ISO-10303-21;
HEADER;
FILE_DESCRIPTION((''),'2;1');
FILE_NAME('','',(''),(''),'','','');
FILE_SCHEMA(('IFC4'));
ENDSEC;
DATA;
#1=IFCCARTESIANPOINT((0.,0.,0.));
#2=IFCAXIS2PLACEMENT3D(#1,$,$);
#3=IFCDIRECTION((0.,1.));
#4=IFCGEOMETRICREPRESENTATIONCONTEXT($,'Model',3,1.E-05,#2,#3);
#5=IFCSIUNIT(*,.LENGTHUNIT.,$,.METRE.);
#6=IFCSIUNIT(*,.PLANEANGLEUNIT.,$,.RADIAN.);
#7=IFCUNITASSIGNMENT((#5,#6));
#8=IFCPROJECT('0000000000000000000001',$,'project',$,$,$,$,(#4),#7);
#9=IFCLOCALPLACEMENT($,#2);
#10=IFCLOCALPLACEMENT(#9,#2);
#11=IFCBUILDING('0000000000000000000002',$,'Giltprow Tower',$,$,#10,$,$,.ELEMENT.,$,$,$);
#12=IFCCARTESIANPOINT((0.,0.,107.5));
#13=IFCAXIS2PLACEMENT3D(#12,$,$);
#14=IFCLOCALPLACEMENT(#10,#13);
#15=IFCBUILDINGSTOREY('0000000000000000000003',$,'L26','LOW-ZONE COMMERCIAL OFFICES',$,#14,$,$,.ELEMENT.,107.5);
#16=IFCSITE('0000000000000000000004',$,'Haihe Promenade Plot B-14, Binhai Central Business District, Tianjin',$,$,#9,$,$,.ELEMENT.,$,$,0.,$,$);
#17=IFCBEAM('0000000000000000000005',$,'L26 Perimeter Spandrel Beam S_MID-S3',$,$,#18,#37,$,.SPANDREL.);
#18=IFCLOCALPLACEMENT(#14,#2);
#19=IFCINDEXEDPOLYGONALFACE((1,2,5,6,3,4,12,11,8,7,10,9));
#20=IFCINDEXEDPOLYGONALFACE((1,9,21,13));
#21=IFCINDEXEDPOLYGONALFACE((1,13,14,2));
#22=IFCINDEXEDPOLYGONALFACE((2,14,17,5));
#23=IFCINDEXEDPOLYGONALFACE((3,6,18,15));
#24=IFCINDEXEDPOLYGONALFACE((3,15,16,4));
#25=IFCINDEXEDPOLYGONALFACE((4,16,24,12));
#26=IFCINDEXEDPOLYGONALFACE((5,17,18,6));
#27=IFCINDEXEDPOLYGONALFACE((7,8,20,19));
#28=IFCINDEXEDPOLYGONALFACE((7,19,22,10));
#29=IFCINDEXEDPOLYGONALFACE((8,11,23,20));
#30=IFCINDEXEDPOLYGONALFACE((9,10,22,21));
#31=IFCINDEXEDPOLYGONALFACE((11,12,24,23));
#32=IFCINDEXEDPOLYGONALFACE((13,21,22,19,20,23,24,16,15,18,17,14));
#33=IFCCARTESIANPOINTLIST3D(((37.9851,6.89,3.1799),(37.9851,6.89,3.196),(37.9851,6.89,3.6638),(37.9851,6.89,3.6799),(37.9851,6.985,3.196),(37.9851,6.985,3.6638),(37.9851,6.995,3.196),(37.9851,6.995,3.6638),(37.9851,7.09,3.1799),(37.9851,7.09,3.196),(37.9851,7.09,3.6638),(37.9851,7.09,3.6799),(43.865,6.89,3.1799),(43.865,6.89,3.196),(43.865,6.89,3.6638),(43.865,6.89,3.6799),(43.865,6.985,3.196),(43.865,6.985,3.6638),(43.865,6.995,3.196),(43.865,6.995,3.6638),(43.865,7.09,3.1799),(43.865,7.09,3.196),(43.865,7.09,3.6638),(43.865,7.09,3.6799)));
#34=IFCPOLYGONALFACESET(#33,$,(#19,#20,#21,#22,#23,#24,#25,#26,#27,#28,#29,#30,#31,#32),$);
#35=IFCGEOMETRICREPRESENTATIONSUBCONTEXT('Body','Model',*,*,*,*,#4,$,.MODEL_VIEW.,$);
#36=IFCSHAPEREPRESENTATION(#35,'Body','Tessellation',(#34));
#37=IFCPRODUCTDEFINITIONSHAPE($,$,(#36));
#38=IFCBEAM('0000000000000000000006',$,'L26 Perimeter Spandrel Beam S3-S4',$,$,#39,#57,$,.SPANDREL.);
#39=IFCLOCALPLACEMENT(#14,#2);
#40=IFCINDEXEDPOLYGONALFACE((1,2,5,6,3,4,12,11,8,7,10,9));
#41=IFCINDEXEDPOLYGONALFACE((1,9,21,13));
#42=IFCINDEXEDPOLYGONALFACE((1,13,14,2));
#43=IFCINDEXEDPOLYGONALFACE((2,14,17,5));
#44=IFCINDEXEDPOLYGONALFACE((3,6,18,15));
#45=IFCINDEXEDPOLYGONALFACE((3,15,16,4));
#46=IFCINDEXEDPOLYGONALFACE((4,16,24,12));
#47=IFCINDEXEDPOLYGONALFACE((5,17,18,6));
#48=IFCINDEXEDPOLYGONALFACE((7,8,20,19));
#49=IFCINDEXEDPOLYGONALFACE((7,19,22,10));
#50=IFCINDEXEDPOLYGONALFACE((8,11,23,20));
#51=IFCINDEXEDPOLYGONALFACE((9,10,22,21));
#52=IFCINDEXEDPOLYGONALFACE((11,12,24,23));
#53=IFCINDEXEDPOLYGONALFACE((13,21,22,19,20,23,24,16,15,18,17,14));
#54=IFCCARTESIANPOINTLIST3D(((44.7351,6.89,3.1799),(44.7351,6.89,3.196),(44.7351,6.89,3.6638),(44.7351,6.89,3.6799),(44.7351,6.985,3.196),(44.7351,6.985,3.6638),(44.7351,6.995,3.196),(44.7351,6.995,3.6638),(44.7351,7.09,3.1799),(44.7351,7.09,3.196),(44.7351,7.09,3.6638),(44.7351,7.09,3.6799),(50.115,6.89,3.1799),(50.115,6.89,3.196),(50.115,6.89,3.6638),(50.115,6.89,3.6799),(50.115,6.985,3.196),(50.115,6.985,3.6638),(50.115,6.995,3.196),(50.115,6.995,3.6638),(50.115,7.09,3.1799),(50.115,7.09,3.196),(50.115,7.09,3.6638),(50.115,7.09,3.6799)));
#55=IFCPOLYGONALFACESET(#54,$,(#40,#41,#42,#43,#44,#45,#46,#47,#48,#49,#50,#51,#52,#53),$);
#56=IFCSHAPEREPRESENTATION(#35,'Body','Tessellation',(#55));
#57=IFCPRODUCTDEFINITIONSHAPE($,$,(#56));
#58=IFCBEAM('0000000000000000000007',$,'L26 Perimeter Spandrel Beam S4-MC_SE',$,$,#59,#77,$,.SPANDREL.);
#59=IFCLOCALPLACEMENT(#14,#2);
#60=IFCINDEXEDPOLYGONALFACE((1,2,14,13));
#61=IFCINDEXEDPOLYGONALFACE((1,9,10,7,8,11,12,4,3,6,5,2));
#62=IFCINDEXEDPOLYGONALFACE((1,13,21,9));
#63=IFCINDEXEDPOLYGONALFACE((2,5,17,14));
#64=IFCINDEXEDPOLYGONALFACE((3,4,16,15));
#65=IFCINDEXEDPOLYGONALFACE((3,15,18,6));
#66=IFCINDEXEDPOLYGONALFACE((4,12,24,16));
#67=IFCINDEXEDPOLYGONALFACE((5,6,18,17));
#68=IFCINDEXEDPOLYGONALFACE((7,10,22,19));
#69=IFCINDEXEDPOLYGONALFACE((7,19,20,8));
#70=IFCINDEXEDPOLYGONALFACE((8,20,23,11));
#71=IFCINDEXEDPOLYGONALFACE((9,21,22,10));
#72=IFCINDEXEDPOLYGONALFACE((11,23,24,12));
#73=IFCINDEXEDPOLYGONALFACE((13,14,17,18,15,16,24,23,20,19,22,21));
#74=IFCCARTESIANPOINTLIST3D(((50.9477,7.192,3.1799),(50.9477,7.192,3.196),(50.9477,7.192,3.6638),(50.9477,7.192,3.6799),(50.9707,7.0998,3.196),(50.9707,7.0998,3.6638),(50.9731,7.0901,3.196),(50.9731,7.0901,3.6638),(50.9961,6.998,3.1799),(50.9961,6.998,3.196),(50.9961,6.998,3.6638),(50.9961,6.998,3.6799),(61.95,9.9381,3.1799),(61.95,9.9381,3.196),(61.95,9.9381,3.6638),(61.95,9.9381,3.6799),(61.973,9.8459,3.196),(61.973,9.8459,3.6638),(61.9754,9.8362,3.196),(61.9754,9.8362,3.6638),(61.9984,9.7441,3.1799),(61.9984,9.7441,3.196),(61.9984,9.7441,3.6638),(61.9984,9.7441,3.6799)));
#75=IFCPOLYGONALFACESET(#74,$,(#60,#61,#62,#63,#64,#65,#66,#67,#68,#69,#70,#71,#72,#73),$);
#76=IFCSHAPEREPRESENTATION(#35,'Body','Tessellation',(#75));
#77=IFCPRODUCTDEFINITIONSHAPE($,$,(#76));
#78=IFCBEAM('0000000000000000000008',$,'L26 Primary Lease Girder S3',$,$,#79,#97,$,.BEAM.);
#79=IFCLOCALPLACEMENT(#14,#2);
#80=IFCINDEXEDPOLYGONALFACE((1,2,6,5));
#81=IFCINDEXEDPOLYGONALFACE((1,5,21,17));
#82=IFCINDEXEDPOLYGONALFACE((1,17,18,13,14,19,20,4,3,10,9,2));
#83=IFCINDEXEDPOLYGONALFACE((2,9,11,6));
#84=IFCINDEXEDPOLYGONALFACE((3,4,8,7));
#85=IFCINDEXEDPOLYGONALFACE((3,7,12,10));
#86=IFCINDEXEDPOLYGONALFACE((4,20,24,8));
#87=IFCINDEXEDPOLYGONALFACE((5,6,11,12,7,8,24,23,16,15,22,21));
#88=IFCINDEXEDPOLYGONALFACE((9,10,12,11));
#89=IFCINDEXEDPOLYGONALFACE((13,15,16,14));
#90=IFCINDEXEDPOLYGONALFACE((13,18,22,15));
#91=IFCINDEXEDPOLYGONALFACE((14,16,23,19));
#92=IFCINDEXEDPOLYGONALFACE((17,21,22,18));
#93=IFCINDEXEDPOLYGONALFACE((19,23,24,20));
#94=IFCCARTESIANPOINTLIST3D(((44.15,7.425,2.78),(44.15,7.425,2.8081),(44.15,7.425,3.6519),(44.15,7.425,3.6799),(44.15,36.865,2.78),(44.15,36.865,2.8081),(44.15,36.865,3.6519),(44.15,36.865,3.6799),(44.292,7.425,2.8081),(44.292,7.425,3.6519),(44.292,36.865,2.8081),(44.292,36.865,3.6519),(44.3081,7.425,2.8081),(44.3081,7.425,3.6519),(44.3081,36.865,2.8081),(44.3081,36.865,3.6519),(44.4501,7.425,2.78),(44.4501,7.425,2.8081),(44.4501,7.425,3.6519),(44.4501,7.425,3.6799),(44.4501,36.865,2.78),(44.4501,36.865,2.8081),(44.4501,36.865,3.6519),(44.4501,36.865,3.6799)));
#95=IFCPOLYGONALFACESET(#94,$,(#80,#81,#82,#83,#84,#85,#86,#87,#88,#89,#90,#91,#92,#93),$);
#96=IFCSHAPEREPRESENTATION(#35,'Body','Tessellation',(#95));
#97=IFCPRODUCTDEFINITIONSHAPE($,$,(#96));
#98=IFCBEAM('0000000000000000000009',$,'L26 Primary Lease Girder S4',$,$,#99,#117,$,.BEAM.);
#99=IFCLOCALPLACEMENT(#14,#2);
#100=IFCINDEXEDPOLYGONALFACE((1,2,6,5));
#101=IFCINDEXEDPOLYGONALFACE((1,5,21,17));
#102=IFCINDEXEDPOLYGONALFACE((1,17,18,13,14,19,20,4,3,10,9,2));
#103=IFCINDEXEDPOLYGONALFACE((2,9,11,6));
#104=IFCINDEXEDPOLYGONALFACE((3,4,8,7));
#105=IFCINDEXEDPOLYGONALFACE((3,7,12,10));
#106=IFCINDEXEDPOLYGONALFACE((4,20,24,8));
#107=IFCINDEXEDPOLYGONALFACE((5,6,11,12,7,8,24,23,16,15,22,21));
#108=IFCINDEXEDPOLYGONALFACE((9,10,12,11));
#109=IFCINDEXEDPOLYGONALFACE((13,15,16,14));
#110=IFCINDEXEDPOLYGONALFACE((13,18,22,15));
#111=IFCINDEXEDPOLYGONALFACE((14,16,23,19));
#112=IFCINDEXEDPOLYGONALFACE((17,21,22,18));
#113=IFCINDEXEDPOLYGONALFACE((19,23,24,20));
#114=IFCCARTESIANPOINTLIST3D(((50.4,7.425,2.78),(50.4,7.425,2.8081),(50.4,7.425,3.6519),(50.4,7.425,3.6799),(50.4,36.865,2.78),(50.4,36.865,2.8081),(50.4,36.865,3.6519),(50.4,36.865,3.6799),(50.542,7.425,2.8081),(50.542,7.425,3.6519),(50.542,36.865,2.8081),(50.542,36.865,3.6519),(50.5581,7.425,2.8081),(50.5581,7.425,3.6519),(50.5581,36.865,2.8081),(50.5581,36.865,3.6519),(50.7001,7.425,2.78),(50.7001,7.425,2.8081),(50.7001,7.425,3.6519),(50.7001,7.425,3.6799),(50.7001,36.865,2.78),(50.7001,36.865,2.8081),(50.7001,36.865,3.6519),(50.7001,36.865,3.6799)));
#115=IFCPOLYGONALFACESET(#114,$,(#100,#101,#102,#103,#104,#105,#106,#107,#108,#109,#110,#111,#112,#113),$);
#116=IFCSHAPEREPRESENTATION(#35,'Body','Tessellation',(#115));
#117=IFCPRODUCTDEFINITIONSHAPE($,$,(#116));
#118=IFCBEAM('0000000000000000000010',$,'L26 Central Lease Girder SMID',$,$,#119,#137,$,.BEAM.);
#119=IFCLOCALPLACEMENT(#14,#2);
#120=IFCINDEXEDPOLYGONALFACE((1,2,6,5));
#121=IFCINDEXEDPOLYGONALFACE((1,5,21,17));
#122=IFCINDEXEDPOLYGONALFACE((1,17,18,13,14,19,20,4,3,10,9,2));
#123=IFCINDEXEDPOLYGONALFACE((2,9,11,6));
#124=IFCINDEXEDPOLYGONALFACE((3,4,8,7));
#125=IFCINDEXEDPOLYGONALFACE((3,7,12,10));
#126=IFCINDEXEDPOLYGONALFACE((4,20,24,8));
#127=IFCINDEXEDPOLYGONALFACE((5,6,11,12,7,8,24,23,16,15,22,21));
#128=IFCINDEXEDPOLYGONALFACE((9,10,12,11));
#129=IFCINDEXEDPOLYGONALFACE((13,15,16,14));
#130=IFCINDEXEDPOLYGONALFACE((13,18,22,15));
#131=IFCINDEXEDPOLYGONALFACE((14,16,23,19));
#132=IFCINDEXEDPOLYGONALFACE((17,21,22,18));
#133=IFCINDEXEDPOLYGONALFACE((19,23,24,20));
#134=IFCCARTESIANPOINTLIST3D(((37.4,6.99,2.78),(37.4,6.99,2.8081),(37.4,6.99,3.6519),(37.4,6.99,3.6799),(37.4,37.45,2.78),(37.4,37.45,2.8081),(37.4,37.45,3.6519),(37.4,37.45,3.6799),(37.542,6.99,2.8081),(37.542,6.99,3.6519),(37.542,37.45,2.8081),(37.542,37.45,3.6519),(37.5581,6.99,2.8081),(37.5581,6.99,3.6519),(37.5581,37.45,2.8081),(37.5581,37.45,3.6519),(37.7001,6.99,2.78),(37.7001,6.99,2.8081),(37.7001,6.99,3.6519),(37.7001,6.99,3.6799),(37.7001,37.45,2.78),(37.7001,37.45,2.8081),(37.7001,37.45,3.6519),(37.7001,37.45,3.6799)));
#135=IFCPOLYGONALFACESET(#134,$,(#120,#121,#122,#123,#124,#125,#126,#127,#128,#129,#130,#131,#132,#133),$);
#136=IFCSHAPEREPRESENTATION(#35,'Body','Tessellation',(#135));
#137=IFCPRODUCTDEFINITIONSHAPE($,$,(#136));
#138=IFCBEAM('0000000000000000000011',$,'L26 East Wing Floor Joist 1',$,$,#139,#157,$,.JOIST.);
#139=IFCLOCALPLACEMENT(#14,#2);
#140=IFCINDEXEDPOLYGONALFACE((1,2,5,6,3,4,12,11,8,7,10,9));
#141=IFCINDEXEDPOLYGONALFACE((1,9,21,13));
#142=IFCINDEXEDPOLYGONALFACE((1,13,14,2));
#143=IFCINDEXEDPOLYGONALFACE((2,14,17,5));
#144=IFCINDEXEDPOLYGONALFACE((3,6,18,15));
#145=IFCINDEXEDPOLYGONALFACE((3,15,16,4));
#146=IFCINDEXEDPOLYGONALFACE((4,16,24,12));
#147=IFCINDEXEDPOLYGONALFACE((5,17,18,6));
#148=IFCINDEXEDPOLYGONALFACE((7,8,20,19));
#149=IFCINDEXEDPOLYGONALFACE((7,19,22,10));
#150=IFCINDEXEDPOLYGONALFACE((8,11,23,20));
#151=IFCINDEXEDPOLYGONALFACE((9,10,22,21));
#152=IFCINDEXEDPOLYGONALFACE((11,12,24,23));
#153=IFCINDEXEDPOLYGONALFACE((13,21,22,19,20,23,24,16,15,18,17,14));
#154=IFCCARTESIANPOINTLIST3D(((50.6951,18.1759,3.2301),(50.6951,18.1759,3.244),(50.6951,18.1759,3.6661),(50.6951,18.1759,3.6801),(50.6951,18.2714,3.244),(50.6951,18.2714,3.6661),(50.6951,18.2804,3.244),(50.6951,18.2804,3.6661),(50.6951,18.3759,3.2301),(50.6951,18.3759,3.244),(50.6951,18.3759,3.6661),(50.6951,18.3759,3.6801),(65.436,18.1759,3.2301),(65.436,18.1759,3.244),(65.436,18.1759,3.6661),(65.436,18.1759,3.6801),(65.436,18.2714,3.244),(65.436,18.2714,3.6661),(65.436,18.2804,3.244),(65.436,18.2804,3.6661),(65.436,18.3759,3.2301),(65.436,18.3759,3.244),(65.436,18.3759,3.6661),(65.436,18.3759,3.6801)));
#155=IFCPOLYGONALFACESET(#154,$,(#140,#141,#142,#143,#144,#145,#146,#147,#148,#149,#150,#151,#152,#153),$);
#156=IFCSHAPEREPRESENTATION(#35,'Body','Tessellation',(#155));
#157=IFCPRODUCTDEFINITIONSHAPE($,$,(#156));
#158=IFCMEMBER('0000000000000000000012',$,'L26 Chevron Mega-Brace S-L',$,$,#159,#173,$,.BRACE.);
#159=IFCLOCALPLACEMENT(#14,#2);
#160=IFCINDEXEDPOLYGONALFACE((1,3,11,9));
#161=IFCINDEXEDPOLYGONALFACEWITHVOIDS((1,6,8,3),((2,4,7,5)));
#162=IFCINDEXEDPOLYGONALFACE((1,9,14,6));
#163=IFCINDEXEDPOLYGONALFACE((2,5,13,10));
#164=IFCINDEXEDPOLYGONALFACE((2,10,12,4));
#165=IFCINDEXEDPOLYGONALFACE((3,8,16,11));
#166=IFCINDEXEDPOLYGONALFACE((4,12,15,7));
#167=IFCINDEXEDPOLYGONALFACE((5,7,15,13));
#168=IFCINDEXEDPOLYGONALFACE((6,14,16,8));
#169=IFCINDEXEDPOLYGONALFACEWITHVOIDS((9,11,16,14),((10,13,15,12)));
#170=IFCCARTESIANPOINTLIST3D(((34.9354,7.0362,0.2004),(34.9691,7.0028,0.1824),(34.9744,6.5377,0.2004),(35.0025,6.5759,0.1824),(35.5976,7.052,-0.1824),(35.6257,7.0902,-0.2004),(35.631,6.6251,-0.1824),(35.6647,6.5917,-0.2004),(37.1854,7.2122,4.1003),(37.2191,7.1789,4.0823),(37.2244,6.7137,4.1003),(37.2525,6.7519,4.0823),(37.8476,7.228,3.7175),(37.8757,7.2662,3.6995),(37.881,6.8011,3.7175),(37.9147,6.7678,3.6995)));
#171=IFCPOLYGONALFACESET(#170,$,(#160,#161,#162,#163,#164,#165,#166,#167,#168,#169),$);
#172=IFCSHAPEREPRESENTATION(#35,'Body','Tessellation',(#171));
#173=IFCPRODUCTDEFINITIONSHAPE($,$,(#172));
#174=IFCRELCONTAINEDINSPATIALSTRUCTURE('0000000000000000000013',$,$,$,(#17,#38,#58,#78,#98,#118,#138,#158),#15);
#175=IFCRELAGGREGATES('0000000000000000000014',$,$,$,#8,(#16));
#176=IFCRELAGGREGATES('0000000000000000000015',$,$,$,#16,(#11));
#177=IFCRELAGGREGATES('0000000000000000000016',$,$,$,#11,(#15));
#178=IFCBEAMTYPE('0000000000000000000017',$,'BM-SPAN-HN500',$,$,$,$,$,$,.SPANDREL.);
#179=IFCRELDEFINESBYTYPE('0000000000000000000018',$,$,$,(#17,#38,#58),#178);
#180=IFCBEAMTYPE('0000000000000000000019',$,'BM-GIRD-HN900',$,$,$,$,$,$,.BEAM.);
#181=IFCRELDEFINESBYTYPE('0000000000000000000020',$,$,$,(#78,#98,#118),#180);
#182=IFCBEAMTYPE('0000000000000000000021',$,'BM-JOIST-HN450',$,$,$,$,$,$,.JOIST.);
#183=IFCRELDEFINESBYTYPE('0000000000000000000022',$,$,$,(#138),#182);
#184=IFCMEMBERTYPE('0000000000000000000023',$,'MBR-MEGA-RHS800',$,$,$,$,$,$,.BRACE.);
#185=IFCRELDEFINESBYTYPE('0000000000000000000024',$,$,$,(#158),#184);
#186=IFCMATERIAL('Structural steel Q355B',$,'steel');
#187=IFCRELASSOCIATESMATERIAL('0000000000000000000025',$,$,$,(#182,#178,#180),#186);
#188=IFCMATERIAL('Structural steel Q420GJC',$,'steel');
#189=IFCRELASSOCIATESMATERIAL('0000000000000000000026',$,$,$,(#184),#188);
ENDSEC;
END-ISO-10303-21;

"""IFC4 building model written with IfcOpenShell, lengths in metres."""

from ifc_helpers import new_model, si_unit, direction, frame, origin, origin_2d, place, context, subcontext, project, spatial, hollow_rectangle, i_section, extrude, source, transform, mapped, material, material_profile, profile_set, type_object, element, save


model = new_model("IFC4")

# Units and contexts
model_context = context("Model", 3, precision=1e-05, world=origin(), true_north=direction((0.0, 1.0)))
body_context = subcontext(model_context, "Body", "Model", "MODEL_VIEW")
ifc_project = project(units=[si_unit("LENGTHUNIT", "METRE"), si_unit("PLANEANGLEUNIT", "RADIAN")], contexts=[model_context])

# Site, building, storey
site_placement = place(None, origin())
site = spatial("IfcSite", under=ifc_project, at=site_placement, Name="Haihe Promenade Plot B-14, Binhai Central Business District, Tianjin", CompositionType="ELEMENT", RefElevation=0.0)
building_placement = place(site_placement, origin())
building = spatial("IfcBuilding", under=site, at=building_placement, Name="Giltprow Tower", CompositionType="ELEMENT")
storey_placement = place(building_placement, frame((0.0, 0.0, 107.5)))
storey = spatial("IfcBuildingStorey", under=building, at=storey_placement, Name="L26", Description="LOW-ZONE COMMERCIAL OFFICES", CompositionType="ELEMENT", Elevation=107.5)

# Shared definitions
ifc_material_1 = material(Name="Structural steel Q420GJC", Category="steel")

# Beams
ifc_material_2 = material(Name="Structural steel Q355B", Category="steel")
ifc_material_profile_1 = material_profile(ifc_material_2, i_section(OverallWidth=0.2, OverallDepth=0.45, WebThickness=0.009, FlangeThickness=0.0139, at=origin_2d()), Name="HN 450x200x9x14")
ifc_profile_set_1 = profile_set([ifc_material_profile_1], Name="Structural steel Q355B")
beam_type_1 = type_object("IfcBeamType", Name="BM-JOIST-HN450", PredefinedType="JOIST", material=ifc_profile_set_1)
ifc_material_profile_2 = material_profile(ifc_material_2, i_section(OverallWidth=0.2, OverallDepth=0.5, WebThickness=0.01, FlangeThickness=0.0161, at=origin_2d()), Name="HN 500x200x10x16")
ifc_profile_set_2 = profile_set([ifc_material_profile_2], Name="Structural steel Q355B")
beam_type_2 = type_object("IfcBeamType", Name="BM-SPAN-HN500", PredefinedType="SPANDREL", material=ifc_profile_set_2)
shared_shape_1 = source(origin(), body_context, "Body", "SweptSolid", [
    extrude(i_section(OverallWidth=0.2, OverallDepth=0.5, WebThickness=0.01, FlangeThickness=0.0161, at=origin_2d()), origin(), (0.0, 0.0, 1.0), 5.8799),
])
beam_1_placement = place(storey_placement, frame((37.9851, 6.99, 3.4299), z_axis=(1.0, 0.0, 0.0), x_axis=(0.0, 1.0, 0.0)))
element("IfcBeam", 1, at=beam_1_placement, inside=storey, type_object=beam_type_2, Name="L26 Perimeter Spandrel Beam S_MID-S3", PredefinedType="SPANDREL", context=body_context, shape_type="MappedRepresentation", body=[
    mapped(shared_shape_1, transform((0.0, 0.0, 0.0), x_axis=(1.0, 0.0, 0.0), y_axis=(0.0, 1.0, 0.0), z_axis=(0.0, 0.0, 1.0), scale=1.0)),
])
shared_shape_2 = source(origin(), body_context, "Body", "SweptSolid", [
    extrude(i_section(OverallWidth=0.2, OverallDepth=0.5, WebThickness=0.01, FlangeThickness=0.0161, at=origin_2d()), origin(), (0.0, 0.0, 1.0), 5.3799),
])
beam_2_placement = place(storey_placement, frame((44.7351, 6.99, 3.4299), z_axis=(1.0, 0.0, 0.0), x_axis=(0.0, 1.0, 0.0)))
element("IfcBeam", 2, at=beam_2_placement, inside=storey, type_object=beam_type_2, Name="L26 Perimeter Spandrel Beam S3-S4", PredefinedType="SPANDREL", context=body_context, shape_type="MappedRepresentation", body=[
    mapped(shared_shape_2, transform((0.0, 0.0, 0.0), x_axis=(1.0, 0.0, 0.0), y_axis=(0.0, 1.0, 0.0), z_axis=(0.0, 0.0, 1.0), scale=1.0)),
])
shared_shape_3 = source(origin(), body_context, "Body", "SweptSolid", [
    extrude(i_section(OverallWidth=0.2, OverallDepth=0.5, WebThickness=0.01, FlangeThickness=0.0161, at=origin_2d()), origin(), (0.0, 0.0, 1.0), 11.3398),
])
beam_3_placement = place(storey_placement, frame((50.9719, 7.095, 3.4299), z_axis=(0.970235, 0.242166, 0.0), x_axis=(-0.242166, 0.970235, 0.0)))
element("IfcBeam", 3, at=beam_3_placement, inside=storey, type_object=beam_type_2, Name="L26 Perimeter Spandrel Beam S4-MC_SE", PredefinedType="SPANDREL", context=body_context, shape_type="MappedRepresentation", body=[
    mapped(shared_shape_3, transform((0.0, 0.0, 0.0), x_axis=(1.0, 0.0, 0.0), y_axis=(0.0, 1.0, 0.0), z_axis=(0.0, 0.0, 1.0), scale=1.0)),
])
ifc_material_profile_3 = material_profile(ifc_material_2, i_section(OverallWidth=0.3, OverallDepth=0.8999, WebThickness=0.0161, FlangeThickness=0.0281, at=origin_2d()), Name="HN 900x300x16x28")
ifc_profile_set_3 = profile_set([ifc_material_profile_3], Name="Structural steel Q355B")
beam_type_3 = type_object("IfcBeamType", Name="BM-GIRD-HN900", PredefinedType="BEAM", material=ifc_profile_set_3)
shared_shape_4 = source(origin(), body_context, "Body", "SweptSolid", [
    extrude(i_section(OverallWidth=0.3, OverallDepth=0.8999, WebThickness=0.0161, FlangeThickness=0.0281, at=origin_2d()), origin(), (0.0, 0.0, 1.0), 29.4399),
])
for number, where, z_axis, x_axis, name in (
    (4, (44.3, 7.425, 3.23), (0.0, 1.0, 0.0), (-1.0, 0.0, 0.0), "L26 Primary Lease Girder S3"),
    (5, (50.55, 7.425, 3.23), (0.0, 1.0, 0.0), (-1.0, 0.0, 0.0), "L26 Primary Lease Girder S4"),
):
    element("IfcBeam", number, at=place(storey_placement, frame(where, z_axis=z_axis, x_axis=x_axis)), inside=storey, type_object=beam_type_3, Name=name, PredefinedType="BEAM", context=body_context, shape_type="MappedRepresentation", body=[
        mapped(shared_shape_4, transform((0.0, 0.0, 0.0), x_axis=(1.0, 0.0, 0.0), y_axis=(0.0, 1.0, 0.0), z_axis=(0.0, 0.0, 1.0), scale=1.0)),
    ])
shared_shape_5 = source(origin(), body_context, "Body", "SweptSolid", [
    extrude(i_section(OverallWidth=0.3, OverallDepth=0.8999, WebThickness=0.0161, FlangeThickness=0.0281, at=origin_2d()), origin(), (0.0, 0.0, 1.0), 30.46),
])
beam_4_placement = place(storey_placement, frame((37.55, 6.99, 3.23), z_axis=(0.0, 1.0, 0.0), x_axis=(-1.0, 0.0, 0.0)))
element("IfcBeam", 6, at=beam_4_placement, inside=storey, type_object=beam_type_3, Name="L26 Central Lease Girder SMID", PredefinedType="BEAM", context=body_context, shape_type="MappedRepresentation", body=[
    mapped(shared_shape_5, transform((0.0, 0.0, 0.0), x_axis=(1.0, 0.0, 0.0), y_axis=(0.0, 1.0, 0.0), z_axis=(0.0, 0.0, 1.0), scale=1.0)),
])
shared_shape_6 = source(origin(), body_context, "Body", "SweptSolid", [
    extrude(i_section(OverallWidth=0.2, OverallDepth=0.45, WebThickness=0.009, FlangeThickness=0.0139, at=origin_2d()), origin(), (0.0, 0.0, 1.0), 14.741),
])
beam_5_placement = place(storey_placement, frame((50.6951, 18.2759, 3.4551), z_axis=(1.0, 0.0, 0.0), x_axis=(0.0, 1.0, 0.0)))
element("IfcBeam", 7, at=beam_5_placement, inside=storey, type_object=beam_type_1, Name="L26 East Wing Floor Joist 1", PredefinedType="JOIST", context=body_context, shape_type="MappedRepresentation", body=[
    mapped(shared_shape_6, transform((0.0, 0.0, 0.0), x_axis=(1.0, 0.0, 0.0), y_axis=(0.0, 1.0, 0.0), z_axis=(0.0, 0.0, 1.0), scale=1.0)),
])

# Member
ifc_material_profile_4 = material_profile(ifc_material_1, hollow_rectangle(XDim=0.5, YDim=0.8, WallThickness=0.0359, at=origin_2d()), Name="RHS 800x500x36")
ifc_profile_set_4 = profile_set([ifc_material_profile_4], Name="Structural steel Q420GJC")
member_type_1 = type_object("IfcMemberType", Name="MBR-MEGA-RHS800", PredefinedType="BRACE", material=ifc_profile_set_4)
shared_shape_7 = source(origin(), body_context, "Body", "SweptSolid", [
    extrude(hollow_rectangle(XDim=0.5, YDim=0.8, WallThickness=0.0359, at=origin_2d()), origin(), (0.0, 0.0, 1.0), 4.5059),
])
for number, where, z_axis, x_axis, name in (
    (8, (35.3, 6.814, 0.0), (0.49935, 0.039066, 0.865519), (-0.077995, 0.996954, 0.0), "L26 Chevron Mega-Brace S-L"),
):
    element("IfcMember", number, at=place(storey_placement, frame(where, z_axis=z_axis, x_axis=x_axis)), inside=storey, type_object=member_type_1, Name=name, PredefinedType="BRACE", context=body_context, shape_type="MappedRepresentation", body=[
        mapped(shared_shape_7, transform((0.0, 0.0, 0.0), x_axis=(1.0, 0.0, 0.0), y_axis=(0.0, 1.0, 0.0), z_axis=(0.0, 0.0, 1.0), scale=1.0)),
    ])

save(model, "model.ifc")
